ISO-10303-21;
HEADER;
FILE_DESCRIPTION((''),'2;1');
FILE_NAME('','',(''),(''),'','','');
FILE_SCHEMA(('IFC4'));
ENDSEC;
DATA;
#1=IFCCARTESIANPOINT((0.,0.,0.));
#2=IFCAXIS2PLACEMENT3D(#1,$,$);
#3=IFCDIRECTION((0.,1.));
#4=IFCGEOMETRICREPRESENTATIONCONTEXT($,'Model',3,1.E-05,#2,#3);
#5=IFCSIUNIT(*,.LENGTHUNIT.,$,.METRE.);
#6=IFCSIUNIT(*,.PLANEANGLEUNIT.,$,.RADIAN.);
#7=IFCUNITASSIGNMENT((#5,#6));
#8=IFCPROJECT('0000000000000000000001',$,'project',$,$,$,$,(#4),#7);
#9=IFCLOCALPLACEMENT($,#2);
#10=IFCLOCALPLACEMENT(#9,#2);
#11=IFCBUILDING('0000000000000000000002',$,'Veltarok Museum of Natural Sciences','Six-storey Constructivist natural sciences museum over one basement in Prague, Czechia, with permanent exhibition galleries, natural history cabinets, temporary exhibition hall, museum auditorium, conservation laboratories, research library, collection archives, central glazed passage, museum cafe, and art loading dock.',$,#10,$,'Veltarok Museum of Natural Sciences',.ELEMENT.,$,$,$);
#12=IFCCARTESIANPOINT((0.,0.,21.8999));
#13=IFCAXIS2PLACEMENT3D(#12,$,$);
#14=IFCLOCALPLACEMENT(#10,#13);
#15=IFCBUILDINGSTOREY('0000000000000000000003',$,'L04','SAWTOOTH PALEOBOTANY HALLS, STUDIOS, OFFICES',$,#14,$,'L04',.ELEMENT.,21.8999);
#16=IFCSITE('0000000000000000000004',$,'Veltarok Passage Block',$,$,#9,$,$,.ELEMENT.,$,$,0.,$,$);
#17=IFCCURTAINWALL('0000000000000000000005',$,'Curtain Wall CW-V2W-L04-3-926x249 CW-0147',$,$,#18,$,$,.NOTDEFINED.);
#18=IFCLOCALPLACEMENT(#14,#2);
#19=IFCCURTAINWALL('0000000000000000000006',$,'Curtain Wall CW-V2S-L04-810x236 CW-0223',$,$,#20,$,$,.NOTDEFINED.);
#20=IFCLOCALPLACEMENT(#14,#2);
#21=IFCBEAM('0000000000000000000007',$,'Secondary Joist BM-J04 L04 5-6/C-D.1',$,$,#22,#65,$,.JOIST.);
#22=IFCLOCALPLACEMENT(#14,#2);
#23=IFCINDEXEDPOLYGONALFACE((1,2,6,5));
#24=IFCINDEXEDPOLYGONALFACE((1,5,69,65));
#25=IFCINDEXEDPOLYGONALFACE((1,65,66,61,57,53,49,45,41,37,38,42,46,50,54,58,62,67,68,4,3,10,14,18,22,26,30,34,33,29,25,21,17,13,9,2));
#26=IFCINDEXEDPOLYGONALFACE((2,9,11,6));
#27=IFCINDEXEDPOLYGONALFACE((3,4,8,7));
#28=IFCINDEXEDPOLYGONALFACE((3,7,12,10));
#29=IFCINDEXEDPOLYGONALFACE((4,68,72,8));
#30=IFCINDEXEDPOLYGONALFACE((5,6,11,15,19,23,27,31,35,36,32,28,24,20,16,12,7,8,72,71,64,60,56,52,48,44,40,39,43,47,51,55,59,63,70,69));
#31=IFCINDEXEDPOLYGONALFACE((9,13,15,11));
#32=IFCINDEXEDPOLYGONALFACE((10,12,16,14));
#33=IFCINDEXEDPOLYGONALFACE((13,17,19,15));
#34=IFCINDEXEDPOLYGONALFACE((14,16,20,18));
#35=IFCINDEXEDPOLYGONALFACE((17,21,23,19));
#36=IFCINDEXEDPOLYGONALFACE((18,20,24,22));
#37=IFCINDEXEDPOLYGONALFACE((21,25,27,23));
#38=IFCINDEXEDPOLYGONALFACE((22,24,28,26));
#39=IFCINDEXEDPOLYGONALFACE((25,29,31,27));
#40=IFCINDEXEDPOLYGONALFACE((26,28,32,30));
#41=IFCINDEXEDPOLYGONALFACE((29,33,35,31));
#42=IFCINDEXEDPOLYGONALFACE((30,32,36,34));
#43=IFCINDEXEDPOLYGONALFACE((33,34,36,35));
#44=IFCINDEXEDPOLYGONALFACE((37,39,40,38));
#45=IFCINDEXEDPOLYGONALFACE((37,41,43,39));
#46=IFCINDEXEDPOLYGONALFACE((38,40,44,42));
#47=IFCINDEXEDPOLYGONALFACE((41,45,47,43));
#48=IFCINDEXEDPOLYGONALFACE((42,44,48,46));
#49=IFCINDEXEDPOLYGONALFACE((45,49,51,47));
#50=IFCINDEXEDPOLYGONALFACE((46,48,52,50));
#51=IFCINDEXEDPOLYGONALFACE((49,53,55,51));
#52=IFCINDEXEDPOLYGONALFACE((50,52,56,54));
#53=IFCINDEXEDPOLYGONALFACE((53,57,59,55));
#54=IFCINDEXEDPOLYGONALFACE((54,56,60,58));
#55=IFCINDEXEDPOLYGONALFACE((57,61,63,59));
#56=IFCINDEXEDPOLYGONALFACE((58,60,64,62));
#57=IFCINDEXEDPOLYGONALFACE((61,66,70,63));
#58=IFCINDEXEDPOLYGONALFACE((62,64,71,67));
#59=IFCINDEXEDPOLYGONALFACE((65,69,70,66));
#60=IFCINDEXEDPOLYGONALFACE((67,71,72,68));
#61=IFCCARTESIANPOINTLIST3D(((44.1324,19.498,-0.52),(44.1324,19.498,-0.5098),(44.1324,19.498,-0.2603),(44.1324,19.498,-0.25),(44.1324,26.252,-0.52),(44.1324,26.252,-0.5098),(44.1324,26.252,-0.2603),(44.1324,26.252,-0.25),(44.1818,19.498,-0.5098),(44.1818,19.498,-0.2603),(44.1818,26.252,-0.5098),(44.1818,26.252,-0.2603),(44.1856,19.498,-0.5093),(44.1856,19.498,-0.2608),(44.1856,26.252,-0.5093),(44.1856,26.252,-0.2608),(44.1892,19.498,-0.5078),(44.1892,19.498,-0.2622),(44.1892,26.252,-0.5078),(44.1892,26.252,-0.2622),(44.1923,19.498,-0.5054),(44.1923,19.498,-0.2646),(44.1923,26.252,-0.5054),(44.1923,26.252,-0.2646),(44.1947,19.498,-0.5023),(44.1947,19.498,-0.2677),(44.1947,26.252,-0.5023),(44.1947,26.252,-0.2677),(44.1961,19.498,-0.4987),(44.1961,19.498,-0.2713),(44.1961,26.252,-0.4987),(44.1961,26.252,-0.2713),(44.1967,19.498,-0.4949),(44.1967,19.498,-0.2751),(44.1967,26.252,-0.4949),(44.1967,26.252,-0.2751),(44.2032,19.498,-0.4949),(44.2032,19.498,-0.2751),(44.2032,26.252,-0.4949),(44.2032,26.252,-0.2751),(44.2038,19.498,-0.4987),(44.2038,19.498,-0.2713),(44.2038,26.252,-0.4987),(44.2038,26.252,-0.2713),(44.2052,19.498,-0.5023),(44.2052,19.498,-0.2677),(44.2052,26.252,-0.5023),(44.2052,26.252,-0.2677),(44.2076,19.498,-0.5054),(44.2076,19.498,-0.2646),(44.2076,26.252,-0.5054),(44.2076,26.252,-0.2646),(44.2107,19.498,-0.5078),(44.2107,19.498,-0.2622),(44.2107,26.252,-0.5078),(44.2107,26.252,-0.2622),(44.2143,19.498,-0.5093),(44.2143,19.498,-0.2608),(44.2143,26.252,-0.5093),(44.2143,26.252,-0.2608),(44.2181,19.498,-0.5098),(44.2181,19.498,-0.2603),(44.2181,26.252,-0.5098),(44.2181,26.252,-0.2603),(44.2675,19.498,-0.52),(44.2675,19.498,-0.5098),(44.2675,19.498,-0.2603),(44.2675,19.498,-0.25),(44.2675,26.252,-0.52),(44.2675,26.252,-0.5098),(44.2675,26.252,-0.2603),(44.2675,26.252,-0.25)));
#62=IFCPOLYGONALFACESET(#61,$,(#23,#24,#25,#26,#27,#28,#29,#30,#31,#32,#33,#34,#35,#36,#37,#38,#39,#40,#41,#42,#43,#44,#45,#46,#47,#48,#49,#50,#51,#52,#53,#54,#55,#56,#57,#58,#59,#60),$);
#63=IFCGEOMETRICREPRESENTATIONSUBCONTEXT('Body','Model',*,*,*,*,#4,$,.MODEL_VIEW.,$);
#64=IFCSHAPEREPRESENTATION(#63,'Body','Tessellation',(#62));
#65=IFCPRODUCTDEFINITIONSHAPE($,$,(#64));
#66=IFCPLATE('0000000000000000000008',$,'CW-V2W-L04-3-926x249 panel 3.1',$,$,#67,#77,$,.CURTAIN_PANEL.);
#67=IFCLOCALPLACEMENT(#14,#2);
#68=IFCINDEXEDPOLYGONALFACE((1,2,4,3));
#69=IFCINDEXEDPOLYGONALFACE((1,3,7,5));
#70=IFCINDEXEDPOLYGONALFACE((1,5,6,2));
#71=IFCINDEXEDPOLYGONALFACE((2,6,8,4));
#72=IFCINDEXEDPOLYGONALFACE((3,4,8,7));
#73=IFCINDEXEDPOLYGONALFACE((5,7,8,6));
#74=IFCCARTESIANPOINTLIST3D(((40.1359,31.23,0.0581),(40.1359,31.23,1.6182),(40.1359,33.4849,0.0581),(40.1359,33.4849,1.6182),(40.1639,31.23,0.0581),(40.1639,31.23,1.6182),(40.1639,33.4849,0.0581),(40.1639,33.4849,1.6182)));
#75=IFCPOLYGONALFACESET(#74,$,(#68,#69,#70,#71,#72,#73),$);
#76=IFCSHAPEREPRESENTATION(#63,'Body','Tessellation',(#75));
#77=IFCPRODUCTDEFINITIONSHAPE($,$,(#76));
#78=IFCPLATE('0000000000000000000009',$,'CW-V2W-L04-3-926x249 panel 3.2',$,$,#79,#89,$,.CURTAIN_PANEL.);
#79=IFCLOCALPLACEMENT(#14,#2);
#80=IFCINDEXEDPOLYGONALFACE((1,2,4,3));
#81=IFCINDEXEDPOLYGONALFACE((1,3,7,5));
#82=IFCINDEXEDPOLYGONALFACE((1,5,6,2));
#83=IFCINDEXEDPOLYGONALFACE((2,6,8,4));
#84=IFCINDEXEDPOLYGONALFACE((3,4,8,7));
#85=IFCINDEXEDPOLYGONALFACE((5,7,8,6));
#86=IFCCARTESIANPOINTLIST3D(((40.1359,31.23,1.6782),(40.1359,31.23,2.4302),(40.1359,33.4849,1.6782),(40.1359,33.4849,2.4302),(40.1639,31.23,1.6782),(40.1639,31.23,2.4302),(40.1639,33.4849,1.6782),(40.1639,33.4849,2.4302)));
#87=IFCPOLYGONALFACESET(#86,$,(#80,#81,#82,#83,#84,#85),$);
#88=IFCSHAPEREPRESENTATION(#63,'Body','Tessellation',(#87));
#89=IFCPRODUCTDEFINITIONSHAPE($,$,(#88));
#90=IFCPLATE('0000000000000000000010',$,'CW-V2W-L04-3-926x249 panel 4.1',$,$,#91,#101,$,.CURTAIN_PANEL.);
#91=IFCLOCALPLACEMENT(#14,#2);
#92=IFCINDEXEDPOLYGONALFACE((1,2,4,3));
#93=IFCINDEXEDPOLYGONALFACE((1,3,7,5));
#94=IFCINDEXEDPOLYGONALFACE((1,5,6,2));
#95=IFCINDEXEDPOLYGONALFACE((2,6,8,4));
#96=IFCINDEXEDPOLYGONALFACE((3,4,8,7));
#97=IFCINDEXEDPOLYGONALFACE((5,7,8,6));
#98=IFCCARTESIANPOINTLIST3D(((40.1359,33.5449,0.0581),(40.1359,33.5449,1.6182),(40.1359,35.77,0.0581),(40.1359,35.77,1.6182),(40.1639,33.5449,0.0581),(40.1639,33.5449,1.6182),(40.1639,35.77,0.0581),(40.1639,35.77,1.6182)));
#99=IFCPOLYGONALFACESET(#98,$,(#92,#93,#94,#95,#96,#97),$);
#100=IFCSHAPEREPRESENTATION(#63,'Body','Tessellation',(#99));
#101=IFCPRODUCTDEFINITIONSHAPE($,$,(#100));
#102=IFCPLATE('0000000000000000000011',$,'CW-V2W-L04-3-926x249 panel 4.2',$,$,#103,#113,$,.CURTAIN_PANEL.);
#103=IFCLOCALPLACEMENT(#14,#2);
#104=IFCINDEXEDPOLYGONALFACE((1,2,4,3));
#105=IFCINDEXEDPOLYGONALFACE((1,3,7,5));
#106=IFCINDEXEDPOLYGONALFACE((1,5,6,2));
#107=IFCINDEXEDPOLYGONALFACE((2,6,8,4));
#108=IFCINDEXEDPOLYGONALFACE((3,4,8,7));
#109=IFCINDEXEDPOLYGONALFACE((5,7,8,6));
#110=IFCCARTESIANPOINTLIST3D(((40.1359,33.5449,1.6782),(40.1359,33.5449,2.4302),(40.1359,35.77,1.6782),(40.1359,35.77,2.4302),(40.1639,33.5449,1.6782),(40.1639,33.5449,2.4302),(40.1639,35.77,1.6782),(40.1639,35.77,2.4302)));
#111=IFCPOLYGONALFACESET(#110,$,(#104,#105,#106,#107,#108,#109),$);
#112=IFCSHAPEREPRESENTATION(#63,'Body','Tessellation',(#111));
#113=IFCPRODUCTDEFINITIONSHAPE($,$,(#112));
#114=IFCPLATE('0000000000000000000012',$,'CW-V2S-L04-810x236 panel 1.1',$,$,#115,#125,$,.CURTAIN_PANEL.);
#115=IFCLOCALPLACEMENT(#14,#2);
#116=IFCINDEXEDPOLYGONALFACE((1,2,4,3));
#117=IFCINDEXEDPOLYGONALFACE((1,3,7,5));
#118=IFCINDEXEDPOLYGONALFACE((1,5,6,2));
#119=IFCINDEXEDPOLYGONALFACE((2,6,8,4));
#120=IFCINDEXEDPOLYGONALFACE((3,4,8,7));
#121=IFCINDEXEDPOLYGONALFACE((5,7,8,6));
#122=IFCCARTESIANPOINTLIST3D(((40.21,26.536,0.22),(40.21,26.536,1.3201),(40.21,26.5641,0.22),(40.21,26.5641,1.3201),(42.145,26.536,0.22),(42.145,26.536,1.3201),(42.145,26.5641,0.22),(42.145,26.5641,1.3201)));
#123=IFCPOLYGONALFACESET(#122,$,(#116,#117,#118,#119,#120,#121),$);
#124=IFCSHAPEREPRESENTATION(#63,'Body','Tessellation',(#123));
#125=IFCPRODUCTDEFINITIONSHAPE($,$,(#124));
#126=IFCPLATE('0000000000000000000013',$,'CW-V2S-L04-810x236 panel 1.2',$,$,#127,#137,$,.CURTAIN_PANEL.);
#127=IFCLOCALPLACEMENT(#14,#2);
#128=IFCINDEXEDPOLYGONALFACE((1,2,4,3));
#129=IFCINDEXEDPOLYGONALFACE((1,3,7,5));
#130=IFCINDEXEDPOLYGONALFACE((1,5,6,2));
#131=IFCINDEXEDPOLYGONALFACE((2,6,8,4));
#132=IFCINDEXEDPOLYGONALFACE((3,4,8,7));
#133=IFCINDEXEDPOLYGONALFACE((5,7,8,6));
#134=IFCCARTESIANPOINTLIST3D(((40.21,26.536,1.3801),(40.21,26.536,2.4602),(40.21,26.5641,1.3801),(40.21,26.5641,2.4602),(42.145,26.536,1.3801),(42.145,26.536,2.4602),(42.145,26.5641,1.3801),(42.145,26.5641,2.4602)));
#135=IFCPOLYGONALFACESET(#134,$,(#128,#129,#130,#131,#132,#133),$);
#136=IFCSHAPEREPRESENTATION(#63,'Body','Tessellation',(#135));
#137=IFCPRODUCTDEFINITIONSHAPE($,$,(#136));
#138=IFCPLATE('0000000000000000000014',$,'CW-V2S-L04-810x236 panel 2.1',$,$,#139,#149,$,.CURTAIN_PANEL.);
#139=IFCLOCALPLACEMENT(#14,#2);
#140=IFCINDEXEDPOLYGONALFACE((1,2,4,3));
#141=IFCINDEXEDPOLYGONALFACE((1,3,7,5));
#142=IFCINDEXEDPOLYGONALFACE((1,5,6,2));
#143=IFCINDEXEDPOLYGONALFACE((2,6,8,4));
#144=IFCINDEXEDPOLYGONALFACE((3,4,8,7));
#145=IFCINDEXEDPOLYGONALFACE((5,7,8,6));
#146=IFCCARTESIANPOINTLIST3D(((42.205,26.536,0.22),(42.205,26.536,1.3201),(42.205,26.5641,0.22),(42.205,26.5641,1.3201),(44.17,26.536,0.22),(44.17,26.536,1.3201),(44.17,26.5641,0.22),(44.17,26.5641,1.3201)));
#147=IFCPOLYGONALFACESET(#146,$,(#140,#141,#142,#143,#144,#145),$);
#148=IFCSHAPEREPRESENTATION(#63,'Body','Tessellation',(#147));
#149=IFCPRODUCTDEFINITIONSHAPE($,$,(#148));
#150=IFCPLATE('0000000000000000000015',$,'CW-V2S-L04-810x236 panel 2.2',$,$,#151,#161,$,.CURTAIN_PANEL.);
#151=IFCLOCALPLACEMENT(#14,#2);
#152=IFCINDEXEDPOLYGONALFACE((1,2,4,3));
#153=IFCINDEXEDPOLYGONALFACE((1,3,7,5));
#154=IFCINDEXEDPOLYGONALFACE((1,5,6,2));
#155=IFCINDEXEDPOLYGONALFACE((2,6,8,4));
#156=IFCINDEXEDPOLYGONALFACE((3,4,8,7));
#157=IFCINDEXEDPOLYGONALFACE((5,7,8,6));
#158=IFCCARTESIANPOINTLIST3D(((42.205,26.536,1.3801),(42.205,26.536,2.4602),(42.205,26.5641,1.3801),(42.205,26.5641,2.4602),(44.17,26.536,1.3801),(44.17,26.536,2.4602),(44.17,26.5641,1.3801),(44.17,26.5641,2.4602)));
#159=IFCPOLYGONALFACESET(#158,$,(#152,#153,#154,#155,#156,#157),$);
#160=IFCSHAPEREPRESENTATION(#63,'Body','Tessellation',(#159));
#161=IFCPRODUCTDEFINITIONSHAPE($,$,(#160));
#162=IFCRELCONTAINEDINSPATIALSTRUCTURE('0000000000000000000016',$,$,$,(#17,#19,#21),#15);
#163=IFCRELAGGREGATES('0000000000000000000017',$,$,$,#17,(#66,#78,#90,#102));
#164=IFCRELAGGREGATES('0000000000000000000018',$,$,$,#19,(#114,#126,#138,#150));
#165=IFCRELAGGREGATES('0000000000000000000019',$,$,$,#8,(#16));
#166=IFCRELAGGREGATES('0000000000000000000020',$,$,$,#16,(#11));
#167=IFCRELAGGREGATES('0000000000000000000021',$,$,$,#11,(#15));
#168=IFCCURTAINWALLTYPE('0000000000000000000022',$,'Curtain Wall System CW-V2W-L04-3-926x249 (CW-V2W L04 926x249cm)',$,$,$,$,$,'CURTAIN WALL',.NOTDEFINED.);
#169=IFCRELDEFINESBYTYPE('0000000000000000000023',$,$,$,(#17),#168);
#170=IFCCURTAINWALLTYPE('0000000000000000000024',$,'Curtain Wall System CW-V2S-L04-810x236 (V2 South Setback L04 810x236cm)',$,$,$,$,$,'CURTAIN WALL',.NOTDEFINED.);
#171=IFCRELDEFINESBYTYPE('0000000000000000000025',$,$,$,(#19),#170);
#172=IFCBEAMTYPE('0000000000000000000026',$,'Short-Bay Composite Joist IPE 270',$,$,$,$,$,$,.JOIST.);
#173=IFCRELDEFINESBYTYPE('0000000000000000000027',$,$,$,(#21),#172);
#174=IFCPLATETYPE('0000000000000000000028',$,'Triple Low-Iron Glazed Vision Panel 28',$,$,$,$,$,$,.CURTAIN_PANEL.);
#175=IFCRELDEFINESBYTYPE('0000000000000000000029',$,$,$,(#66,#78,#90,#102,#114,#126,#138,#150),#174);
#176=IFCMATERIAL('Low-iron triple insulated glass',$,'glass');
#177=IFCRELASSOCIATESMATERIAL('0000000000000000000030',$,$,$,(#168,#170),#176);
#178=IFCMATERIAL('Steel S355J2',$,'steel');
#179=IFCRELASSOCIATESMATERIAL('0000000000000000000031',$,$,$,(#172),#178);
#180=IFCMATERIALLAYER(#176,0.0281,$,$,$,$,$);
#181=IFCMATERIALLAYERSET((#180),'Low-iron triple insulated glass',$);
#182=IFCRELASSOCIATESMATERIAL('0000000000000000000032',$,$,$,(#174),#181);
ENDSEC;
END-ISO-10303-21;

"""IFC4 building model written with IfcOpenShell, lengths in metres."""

from ifc_helpers import new_model, si_unit, direction, frame, origin, origin_2d, place, context, subcontext, project, spatial, rectangle, i_section, extrude, material, layer, layer_set, material_profile, profile_set, type_object, element, aggregate, save


model = new_model("IFC4")

# Units and contexts
model_context = context("Model", 3, precision=1e-05, world=origin(), true_north=direction((0.0, 1.0)))
body_context = subcontext(model_context, "Body", "Model", "MODEL_VIEW")
ifc_project = project(units=[si_unit("LENGTHUNIT", "METRE"), si_unit("PLANEANGLEUNIT", "RADIAN")], contexts=[model_context])

# Site, building, storey
site_placement = place(None, origin())
site = spatial("IfcSite", under=ifc_project, at=site_placement, Name="Veltarok Passage Block", CompositionType="ELEMENT", RefElevation=0.0)
building_placement = place(site_placement, origin())
building = spatial("IfcBuilding", under=site, at=building_placement, Name="Veltarok Museum of Natural Sciences", Description="Six-storey Constructivist natural sciences museum over one basement in Prague, Czechia, with permanent exhibition galleries, natural history cabinets, temporary exhibition hall, museum auditorium, conservation laboratories, research library, collection archives, central glazed passage, museum cafe, and art loading dock.", LongName="Veltarok Museum of Natural Sciences", CompositionType="ELEMENT")
storey_placement = place(building_placement, frame((0.0, 0.0, 21.8999)))
storey = spatial("IfcBuildingStorey", under=building, at=storey_placement, Name="L04", Description="SAWTOOTH PALEOBOTANY HALLS, STUDIOS, OFFICES", LongName="L04", CompositionType="ELEMENT", Elevation=21.8999)

# Curtain wall
ifc_material_1 = material(Name="Low-iron triple insulated glass", Category="glass")
curtain_wall_type_1 = type_object("IfcCurtainWallType", Name="Curtain Wall System CW-V2W-L04-3-926x249 (CW-V2W L04 926x249cm)", ElementType="CURTAIN WALL", PredefinedType="NOTDEFINED", material=ifc_material_1)
curtain_wall_1_placement = place(storey_placement, origin())
curtain_wall_1 = element("IfcCurtainWall", 1, at=curtain_wall_1_placement, inside=storey, type_object=curtain_wall_type_1, Name="Curtain Wall CW-V2W-L04-3-926x249 CW-0147", PredefinedType="NOTDEFINED")

# Curtain wall
curtain_wall_type_2 = type_object("IfcCurtainWallType", Name="Curtain Wall System CW-V2S-L04-810x236 (V2 South Setback L04 810x236cm)", ElementType="CURTAIN WALL", PredefinedType="NOTDEFINED", material=ifc_material_1)
curtain_wall_2_placement = place(storey_placement, origin())
curtain_wall_2 = element("IfcCurtainWall", 2, at=curtain_wall_2_placement, inside=storey, type_object=curtain_wall_type_2, Name="Curtain Wall CW-V2S-L04-810x236 CW-0223", PredefinedType="NOTDEFINED")

# Beam
ifc_material_2 = material(Name="Steel S355J2", Category="steel")
ifc_material_profile_1 = material_profile(ifc_material_2, i_section(OverallWidth=0.135, OverallDepth=0.27, WebThickness=0.0066, FlangeThickness=0.0103, FilletRadius=0.0149, at=origin_2d()), Name="IPE 270")
ifc_profile_set_1 = profile_set([ifc_material_profile_1], Name="Steel S355J2")
beam_type_1 = type_object("IfcBeamType", Name="Short-Bay Composite Joist IPE 270", PredefinedType="JOIST", material=ifc_profile_set_1)
beam_1_placement = place(storey_placement, frame((44.2, 19.498, -0.385), z_axis=(0.0, 1.0, 0.0), x_axis=(-1.0, 0.0, 0.0)))
element("IfcBeam", 3, at=beam_1_placement, inside=storey, type_object=beam_type_1, Name="Secondary Joist BM-J04 L04 5-6/C-D.1", PredefinedType="JOIST", context=body_context, shape_type="SweptSolid", body=[
    extrude(i_section(OverallWidth=0.135, OverallDepth=0.27, WebThickness=0.0066, FlangeThickness=0.0103, FilletRadius=0.0149, at=origin_2d()), origin(), (0.0, 0.0, 1.0), 6.7539),
])

# Plates
ifc_layer = layer(ifc_material_1, 0.0281)
ifc_layer_set = layer_set([ifc_layer], Name="Low-iron triple insulated glass")
plate_type = type_object("IfcPlateType", Name="Triple Low-Iron Glazed Vision Panel 28", PredefinedType="CURTAIN_PANEL", material=ifc_layer_set)
plate_1_placement = place(storey_placement, frame((40.1499, 32.3574, 0.0581), z_axis=(0.0, 0.0, 1.0), x_axis=(0.0, 1.0, 0.0)))
plate_1 = element("IfcPlate", 4, at=plate_1_placement, type_object=plate_type, Name="CW-V2W-L04-3-926x249 panel 3.1", PredefinedType="CURTAIN_PANEL", context=body_context, shape_type="SweptSolid", body=[
    extrude(rectangle(XDim=2.2549, YDim=0.0281, at=origin_2d()), origin(), (0.0, 0.0, 1.0), 1.5601),
])
plate_2_placement = place(storey_placement, frame((40.1499, 32.3574, 1.6782), z_axis=(0.0, 0.0, 1.0), x_axis=(0.0, 1.0, 0.0)))
plate_2 = element("IfcPlate", 5, at=plate_2_placement, type_object=plate_type, Name="CW-V2W-L04-3-926x249 panel 3.2", PredefinedType="CURTAIN_PANEL", context=body_context, shape_type="SweptSolid", body=[
    extrude(rectangle(XDim=2.2549, YDim=0.0281, at=origin_2d()), origin(), (0.0, 0.0, 1.0), 0.752),
])
plate_3_placement = place(storey_placement, frame((40.1499, 34.6575, 0.0581), z_axis=(0.0, 0.0, 1.0), x_axis=(0.0, 1.0, 0.0)))
plate_3 = element("IfcPlate", 6, at=plate_3_placement, type_object=plate_type, Name="CW-V2W-L04-3-926x249 panel 4.1", PredefinedType="CURTAIN_PANEL", context=body_context, shape_type="SweptSolid", body=[
    extrude(rectangle(XDim=2.2251, YDim=0.0281, at=origin_2d()), origin(), (0.0, 0.0, 1.0), 1.5601),
])
plate_4_placement = place(storey_placement, frame((40.1499, 34.6575, 1.6782), z_axis=(0.0, 0.0, 1.0), x_axis=(0.0, 1.0, 0.0)))
plate_4 = element("IfcPlate", 7, at=plate_4_placement, type_object=plate_type, Name="CW-V2W-L04-3-926x249 panel 4.2", PredefinedType="CURTAIN_PANEL", context=body_context, shape_type="SweptSolid", body=[
    extrude(rectangle(XDim=2.2251, YDim=0.0281, at=origin_2d()), origin(), (0.0, 0.0, 1.0), 0.752),
])
aggregate(curtain_wall_1, [plate_1, plate_2, plate_3, plate_4])
plate_5_placement = place(storey_placement, frame((41.1775, 26.55, 0.22), z_axis=(0.0, 0.0, 1.0), x_axis=(1.0, 0.0, 0.0)))
plate_5 = element("IfcPlate", 8, at=plate_5_placement, type_object=plate_type, Name="CW-V2S-L04-810x236 panel 1.1", PredefinedType="CURTAIN_PANEL", context=body_context, shape_type="SweptSolid", body=[
    extrude(rectangle(XDim=1.9351, YDim=0.0281, at=origin_2d()), origin(), (0.0, 0.0, 1.0), 1.1001),
])
plate_6_placement = place(storey_placement, frame((41.1775, 26.55, 1.3801), z_axis=(0.0, 0.0, 1.0), x_axis=(1.0, 0.0, 0.0)))
plate_6 = element("IfcPlate", 9, at=plate_6_placement, type_object=plate_type, Name="CW-V2S-L04-810x236 panel 1.2", PredefinedType="CURTAIN_PANEL", context=body_context, shape_type="SweptSolid", body=[
    extrude(rectangle(XDim=1.9351, YDim=0.0281, at=origin_2d()), origin(), (0.0, 0.0, 1.0), 1.0801),
])
plate_7_placement = place(storey_placement, frame((43.1875, 26.55, 0.22), z_axis=(0.0, 0.0, 1.0), x_axis=(1.0, 0.0, 0.0)))
plate_7 = element("IfcPlate", 10, at=plate_7_placement, type_object=plate_type, Name="CW-V2S-L04-810x236 panel 2.1", PredefinedType="CURTAIN_PANEL", context=body_context, shape_type="SweptSolid", body=[
    extrude(rectangle(XDim=1.9651, YDim=0.0281, at=origin_2d()), origin(), (0.0, 0.0, 1.0), 1.1001),
])
plate_8_placement = place(storey_placement, frame((43.1875, 26.55, 1.3801), z_axis=(0.0, 0.0, 1.0), x_axis=(1.0, 0.0, 0.0)))
plate_8 = element("IfcPlate", 11, at=plate_8_placement, type_object=plate_type, Name="CW-V2S-L04-810x236 panel 2.2", PredefinedType="CURTAIN_PANEL", context=body_context, shape_type="SweptSolid", body=[
    extrude(rectangle(XDim=1.9651, YDim=0.0281, at=origin_2d()), origin(), (0.0, 0.0, 1.0), 1.0801),
])
aggregate(curtain_wall_2, [plate_5, plate_6, plate_7, plate_8])

save(model, "model.ifc")
